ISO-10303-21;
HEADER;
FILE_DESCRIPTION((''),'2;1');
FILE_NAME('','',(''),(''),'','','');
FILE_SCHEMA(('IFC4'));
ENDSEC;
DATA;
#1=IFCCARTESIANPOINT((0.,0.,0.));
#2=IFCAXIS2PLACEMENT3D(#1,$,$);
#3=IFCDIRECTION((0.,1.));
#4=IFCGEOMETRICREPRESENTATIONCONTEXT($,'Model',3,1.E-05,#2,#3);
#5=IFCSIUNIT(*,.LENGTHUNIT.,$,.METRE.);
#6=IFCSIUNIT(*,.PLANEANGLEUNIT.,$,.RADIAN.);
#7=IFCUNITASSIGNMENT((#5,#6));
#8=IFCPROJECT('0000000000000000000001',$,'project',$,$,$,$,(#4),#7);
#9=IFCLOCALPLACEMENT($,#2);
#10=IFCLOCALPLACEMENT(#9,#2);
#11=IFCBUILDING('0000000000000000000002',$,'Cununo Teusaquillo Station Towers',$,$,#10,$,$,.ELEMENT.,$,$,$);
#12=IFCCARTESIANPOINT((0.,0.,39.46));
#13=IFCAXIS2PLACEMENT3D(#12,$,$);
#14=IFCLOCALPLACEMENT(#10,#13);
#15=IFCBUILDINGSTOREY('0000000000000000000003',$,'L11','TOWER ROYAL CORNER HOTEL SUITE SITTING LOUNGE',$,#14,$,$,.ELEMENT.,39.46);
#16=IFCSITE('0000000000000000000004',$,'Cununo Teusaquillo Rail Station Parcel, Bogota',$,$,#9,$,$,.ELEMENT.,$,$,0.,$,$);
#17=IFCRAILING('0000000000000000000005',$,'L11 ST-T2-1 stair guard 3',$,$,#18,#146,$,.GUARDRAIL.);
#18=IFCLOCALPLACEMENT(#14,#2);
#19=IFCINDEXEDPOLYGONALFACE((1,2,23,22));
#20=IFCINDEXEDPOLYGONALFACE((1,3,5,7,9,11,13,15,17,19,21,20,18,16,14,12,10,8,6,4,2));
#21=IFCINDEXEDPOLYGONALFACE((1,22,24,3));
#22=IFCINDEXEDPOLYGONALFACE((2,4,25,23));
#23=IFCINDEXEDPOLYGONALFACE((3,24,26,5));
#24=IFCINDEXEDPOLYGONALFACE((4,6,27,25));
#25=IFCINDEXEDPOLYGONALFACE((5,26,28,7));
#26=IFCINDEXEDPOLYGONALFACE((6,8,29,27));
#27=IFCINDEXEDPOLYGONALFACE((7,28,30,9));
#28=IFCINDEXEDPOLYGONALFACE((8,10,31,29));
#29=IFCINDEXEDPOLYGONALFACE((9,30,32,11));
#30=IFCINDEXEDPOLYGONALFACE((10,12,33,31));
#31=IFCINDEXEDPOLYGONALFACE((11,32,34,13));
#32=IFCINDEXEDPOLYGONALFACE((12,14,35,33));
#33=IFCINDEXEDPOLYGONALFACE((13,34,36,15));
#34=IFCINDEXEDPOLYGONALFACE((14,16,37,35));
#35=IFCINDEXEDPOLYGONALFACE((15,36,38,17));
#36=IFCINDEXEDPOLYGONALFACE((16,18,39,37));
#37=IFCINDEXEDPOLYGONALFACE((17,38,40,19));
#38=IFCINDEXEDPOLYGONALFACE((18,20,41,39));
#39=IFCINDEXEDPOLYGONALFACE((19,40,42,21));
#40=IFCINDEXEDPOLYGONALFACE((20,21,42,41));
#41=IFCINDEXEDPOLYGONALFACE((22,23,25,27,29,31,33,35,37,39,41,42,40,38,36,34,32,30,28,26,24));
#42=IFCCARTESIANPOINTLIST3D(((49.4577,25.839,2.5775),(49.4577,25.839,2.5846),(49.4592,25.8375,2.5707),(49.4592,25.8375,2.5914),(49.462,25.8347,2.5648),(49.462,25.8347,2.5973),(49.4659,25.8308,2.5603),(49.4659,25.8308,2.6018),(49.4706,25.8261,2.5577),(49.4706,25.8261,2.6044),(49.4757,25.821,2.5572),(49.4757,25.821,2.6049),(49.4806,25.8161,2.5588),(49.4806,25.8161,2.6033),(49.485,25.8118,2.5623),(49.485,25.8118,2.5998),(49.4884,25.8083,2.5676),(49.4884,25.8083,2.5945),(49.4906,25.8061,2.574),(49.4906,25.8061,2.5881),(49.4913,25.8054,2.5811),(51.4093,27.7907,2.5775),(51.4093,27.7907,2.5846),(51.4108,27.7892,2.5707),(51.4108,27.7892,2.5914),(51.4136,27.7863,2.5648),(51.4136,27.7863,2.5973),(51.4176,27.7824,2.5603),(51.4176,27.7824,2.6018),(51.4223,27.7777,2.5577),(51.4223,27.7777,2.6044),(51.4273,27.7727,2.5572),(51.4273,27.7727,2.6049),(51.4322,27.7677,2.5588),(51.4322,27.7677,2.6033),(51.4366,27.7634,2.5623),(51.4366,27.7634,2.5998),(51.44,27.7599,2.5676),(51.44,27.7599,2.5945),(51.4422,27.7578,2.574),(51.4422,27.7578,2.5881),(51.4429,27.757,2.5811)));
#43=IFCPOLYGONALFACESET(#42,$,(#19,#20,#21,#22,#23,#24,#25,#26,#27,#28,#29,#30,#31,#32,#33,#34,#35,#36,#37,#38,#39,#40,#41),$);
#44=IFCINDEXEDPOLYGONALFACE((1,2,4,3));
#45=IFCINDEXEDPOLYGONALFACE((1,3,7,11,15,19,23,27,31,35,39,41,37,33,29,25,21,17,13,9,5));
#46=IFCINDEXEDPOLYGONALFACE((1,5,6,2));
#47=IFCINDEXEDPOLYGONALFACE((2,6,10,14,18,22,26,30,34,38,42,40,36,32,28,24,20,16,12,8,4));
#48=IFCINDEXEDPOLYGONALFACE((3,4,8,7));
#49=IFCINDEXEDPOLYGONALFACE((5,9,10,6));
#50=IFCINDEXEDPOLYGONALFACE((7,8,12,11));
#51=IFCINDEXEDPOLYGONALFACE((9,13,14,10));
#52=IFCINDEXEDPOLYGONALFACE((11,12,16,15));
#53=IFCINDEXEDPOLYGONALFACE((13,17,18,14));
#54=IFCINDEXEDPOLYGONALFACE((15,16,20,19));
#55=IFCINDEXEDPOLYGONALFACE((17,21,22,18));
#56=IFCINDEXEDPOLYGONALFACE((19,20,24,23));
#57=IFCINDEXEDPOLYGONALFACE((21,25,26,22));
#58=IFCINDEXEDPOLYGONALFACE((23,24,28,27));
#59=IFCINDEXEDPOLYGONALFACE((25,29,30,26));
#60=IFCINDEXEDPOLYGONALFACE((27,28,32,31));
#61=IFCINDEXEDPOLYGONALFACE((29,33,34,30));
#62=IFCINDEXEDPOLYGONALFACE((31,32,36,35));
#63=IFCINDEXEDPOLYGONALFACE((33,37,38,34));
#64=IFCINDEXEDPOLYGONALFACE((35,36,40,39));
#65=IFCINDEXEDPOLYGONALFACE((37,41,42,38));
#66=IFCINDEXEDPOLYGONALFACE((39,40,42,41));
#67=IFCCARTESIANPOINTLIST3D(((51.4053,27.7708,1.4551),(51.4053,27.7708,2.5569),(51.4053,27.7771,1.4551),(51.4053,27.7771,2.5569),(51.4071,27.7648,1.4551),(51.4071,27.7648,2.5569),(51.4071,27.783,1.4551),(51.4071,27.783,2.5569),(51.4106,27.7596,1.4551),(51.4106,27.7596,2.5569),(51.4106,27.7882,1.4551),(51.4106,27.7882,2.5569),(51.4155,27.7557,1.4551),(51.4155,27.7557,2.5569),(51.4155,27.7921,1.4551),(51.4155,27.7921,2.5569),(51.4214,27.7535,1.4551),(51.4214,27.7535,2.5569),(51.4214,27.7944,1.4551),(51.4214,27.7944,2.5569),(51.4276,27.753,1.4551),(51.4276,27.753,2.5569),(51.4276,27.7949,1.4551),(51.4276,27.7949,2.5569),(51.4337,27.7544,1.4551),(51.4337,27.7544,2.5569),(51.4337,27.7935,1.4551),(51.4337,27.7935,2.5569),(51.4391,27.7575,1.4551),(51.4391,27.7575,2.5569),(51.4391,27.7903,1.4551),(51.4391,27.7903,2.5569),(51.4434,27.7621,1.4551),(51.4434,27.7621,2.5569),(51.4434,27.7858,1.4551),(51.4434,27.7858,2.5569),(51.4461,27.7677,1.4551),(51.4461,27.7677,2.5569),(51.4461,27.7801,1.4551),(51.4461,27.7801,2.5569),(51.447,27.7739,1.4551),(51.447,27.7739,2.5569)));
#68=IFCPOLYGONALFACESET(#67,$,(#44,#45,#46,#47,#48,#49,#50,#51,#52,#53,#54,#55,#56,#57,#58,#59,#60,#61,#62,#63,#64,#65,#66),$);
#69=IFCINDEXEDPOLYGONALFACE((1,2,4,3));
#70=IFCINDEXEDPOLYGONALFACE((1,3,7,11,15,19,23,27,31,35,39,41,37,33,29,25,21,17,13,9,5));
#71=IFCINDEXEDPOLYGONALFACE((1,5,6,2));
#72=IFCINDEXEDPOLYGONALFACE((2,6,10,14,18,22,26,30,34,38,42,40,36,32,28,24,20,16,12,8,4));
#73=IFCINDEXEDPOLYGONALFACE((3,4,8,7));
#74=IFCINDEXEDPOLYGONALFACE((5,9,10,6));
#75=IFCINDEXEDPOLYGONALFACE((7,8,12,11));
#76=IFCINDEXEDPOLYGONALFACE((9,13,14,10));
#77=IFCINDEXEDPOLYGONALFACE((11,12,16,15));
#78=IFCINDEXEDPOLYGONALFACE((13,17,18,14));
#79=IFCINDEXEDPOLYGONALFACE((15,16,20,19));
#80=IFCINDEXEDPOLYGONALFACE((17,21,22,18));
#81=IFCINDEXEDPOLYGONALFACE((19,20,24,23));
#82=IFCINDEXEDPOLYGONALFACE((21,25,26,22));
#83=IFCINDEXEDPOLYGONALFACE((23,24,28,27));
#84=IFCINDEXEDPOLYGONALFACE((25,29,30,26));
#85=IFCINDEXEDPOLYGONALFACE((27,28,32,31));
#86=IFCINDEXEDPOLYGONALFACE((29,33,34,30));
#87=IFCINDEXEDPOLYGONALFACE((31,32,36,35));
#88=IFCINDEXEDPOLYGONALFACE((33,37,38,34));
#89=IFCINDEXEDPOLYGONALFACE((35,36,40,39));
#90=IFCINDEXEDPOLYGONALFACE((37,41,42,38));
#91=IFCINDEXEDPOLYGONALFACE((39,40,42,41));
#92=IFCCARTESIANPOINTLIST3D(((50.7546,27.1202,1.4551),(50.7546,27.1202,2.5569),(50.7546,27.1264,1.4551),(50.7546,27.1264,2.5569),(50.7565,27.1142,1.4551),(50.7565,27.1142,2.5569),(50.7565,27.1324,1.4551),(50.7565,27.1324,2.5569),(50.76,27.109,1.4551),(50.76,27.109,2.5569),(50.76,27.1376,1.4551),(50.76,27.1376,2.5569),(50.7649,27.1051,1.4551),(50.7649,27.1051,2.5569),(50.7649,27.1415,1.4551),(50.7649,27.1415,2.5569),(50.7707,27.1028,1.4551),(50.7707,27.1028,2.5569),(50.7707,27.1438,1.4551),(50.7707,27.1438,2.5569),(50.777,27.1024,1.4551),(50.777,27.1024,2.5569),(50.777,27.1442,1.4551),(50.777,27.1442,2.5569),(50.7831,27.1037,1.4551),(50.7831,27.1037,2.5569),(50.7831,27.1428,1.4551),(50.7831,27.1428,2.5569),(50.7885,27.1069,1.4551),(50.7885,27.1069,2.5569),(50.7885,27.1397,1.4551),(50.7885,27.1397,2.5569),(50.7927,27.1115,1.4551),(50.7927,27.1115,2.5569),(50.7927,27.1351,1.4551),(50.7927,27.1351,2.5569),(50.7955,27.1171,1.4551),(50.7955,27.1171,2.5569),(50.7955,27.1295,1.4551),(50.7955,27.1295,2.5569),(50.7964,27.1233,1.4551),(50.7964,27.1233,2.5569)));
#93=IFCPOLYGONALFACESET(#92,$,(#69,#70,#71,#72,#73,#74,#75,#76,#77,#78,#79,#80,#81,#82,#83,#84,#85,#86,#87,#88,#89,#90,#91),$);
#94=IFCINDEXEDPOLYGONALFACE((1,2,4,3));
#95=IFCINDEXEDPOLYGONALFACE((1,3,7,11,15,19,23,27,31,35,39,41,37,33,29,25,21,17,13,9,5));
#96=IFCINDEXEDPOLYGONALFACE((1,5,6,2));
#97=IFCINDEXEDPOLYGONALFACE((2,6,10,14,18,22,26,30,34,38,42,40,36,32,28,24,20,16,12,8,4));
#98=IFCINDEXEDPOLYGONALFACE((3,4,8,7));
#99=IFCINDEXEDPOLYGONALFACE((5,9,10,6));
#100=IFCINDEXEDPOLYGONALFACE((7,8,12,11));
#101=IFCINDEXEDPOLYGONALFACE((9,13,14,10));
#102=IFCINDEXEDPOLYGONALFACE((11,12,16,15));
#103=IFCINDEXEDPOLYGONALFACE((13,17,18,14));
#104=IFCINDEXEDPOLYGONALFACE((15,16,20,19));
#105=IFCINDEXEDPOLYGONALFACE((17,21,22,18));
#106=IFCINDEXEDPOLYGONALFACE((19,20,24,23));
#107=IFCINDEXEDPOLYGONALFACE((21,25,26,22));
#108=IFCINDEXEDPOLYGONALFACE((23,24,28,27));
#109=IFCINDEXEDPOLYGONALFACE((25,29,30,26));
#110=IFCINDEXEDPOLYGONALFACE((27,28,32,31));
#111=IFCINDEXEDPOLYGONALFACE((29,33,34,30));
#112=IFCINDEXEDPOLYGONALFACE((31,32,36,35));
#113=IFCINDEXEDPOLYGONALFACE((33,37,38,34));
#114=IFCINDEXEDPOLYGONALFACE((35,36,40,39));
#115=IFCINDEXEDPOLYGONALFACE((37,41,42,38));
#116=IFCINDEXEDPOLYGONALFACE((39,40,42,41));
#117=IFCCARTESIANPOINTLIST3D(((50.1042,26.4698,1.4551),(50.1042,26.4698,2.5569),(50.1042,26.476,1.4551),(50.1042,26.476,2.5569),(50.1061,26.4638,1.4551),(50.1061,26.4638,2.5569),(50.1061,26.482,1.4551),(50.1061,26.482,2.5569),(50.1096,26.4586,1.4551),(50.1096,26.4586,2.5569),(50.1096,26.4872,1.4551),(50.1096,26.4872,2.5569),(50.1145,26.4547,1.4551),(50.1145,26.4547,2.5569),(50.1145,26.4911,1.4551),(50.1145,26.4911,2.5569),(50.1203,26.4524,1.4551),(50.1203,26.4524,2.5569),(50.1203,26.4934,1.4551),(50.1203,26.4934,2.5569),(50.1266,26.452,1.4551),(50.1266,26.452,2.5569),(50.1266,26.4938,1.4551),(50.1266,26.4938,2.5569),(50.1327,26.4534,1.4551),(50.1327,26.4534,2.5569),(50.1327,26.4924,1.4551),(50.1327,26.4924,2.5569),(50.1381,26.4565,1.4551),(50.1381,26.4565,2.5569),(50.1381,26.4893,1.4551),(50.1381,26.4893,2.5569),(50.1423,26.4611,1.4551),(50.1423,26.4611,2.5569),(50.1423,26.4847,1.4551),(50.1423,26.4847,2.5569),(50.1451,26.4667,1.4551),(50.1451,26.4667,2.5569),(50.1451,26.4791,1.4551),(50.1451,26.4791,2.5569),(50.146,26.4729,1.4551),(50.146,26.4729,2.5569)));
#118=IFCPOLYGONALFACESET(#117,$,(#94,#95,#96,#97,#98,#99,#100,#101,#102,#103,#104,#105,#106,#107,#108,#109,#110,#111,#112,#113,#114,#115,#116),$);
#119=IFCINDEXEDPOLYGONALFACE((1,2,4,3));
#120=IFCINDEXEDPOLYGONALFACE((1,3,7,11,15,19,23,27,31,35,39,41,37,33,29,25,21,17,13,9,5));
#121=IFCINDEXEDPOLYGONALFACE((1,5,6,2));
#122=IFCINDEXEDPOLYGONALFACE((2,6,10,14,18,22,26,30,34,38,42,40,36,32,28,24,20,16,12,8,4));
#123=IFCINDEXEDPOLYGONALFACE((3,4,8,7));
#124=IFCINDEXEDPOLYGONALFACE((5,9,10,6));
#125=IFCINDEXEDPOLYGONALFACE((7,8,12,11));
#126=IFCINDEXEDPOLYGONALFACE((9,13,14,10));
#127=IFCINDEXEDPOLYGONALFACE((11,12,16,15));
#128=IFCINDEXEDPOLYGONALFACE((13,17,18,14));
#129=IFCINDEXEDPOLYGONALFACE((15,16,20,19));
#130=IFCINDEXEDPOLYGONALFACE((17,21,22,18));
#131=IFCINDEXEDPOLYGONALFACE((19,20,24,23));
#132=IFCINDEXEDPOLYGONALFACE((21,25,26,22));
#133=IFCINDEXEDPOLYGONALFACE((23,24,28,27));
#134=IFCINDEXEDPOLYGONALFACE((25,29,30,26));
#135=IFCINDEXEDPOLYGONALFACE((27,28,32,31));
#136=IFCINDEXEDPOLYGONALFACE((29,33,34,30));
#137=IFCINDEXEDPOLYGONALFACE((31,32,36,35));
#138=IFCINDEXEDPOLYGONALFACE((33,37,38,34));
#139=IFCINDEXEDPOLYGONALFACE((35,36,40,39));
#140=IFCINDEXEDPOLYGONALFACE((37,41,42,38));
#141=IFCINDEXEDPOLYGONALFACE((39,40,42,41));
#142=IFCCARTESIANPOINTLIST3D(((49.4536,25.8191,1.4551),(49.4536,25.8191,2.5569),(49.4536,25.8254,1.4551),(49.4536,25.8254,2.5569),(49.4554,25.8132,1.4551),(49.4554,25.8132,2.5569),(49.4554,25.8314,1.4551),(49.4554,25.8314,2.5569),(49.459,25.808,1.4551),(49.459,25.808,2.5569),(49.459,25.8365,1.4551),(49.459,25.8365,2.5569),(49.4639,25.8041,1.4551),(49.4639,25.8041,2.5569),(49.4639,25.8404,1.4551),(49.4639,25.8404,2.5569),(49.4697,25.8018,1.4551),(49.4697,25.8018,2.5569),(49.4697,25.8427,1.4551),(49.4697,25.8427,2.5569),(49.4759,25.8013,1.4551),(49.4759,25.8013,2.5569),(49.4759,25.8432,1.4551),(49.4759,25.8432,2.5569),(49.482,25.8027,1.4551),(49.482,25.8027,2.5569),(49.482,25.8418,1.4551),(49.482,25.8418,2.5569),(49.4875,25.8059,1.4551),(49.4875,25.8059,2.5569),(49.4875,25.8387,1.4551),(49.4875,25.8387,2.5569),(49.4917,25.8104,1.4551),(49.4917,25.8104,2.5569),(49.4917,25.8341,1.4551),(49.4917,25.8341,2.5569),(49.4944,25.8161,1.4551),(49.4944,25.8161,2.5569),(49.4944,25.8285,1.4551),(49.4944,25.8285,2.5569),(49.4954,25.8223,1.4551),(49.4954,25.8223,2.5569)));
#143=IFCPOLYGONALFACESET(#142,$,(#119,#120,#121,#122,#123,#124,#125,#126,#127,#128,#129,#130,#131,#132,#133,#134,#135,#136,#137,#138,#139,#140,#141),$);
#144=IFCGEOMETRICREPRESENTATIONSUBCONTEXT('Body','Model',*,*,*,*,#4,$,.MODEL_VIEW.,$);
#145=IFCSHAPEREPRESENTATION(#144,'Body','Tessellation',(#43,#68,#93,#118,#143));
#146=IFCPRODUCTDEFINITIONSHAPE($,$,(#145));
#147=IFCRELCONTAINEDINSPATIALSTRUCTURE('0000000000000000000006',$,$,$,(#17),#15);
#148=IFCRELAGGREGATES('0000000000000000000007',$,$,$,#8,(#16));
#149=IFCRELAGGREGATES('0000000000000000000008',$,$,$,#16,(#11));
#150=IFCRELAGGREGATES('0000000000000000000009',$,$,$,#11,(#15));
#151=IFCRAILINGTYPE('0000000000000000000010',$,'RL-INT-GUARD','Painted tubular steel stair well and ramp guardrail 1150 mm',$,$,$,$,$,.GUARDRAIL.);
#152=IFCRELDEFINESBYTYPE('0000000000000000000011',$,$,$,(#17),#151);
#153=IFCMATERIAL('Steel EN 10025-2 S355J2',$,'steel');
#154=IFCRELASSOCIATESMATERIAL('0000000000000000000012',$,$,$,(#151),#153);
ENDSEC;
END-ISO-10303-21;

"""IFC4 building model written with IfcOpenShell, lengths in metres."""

from ifc_helpers import new_model, si_unit, direction, frame, origin, origin_2d, place, context, subcontext, project, spatial, circle, extrude, material, type_object, element, save


model = new_model("IFC4")

# Units and contexts
model_context = context("Model", 3, precision=1e-05, world=origin(), true_north=direction((0.0, 1.0)))
body_context = subcontext(model_context, "Body", "Model", "MODEL_VIEW")
ifc_project = project(units=[si_unit("LENGTHUNIT", "METRE"), si_unit("PLANEANGLEUNIT", "RADIAN")], contexts=[model_context])

# Site, building, storey
site_placement = place(None, origin())
site = spatial("IfcSite", under=ifc_project, at=site_placement, Name="Cununo Teusaquillo Rail Station Parcel, Bogota", CompositionType="ELEMENT", RefElevation=0.0)
building_placement = place(site_placement, origin())
building = spatial("IfcBuilding", under=site, at=building_placement, Name="Cununo Teusaquillo Station Towers", CompositionType="ELEMENT")
storey_placement = place(building_placement, frame((0.0, 0.0, 39.46)))
storey = spatial("IfcBuildingStorey", under=building, at=storey_placement, Name="L11", Description="TOWER ROYAL CORNER HOTEL SUITE SITTING LOUNGE", CompositionType="ELEMENT", Elevation=39.46)

# Railing
ifc_material_1 = material(Name="Steel EN 10025-2 S355J2", Category="steel")
railing_type_1 = type_object("IfcRailingType", Name="RL-INT-GUARD", Description="Painted tubular steel stair well and ramp guardrail 1150 mm", PredefinedType="GUARDRAIL", material=ifc_material_1)
railing_1_placement = place(storey_placement, frame((51.426, 27.7739, 1.4551)))
element("IfcRailing", 1, at=railing_1_placement, inside=storey, type_object=railing_type_1, Name="L11 ST-T2-1 stair guard 3", PredefinedType="GUARDRAIL", context=body_context, shape_type="SweptSolid", body=[
    extrude(circle(Radius=0.0239, at=origin_2d()), frame((0.0, 0.0, 1.126), z_axis=(-0.707107, -0.707107, 0.0), x_axis=(0.707107, -0.707107, 0.0)), (0.0, 0.0, 1.0), 2.76),
    extrude(circle(Radius=0.021, at=origin_2d()), origin(), (0.0, 0.0, 1.0), 1.1018),
    extrude(circle(Radius=0.021, at=origin_2d()), frame((-0.6506, -0.6506, 0.0)), (0.0, 0.0, 1.0), 1.1018),
    extrude(circle(Radius=0.021, at=origin_2d()), frame((-1.301, -1.301, 0.0)), (0.0, 0.0, 1.0), 1.1018),
    extrude(circle(Radius=0.021, at=origin_2d()), frame((-1.9517, -1.9517, 0.0)), (0.0, 0.0, 1.0), 1.1018),
])

save(model, "model.ifc")
